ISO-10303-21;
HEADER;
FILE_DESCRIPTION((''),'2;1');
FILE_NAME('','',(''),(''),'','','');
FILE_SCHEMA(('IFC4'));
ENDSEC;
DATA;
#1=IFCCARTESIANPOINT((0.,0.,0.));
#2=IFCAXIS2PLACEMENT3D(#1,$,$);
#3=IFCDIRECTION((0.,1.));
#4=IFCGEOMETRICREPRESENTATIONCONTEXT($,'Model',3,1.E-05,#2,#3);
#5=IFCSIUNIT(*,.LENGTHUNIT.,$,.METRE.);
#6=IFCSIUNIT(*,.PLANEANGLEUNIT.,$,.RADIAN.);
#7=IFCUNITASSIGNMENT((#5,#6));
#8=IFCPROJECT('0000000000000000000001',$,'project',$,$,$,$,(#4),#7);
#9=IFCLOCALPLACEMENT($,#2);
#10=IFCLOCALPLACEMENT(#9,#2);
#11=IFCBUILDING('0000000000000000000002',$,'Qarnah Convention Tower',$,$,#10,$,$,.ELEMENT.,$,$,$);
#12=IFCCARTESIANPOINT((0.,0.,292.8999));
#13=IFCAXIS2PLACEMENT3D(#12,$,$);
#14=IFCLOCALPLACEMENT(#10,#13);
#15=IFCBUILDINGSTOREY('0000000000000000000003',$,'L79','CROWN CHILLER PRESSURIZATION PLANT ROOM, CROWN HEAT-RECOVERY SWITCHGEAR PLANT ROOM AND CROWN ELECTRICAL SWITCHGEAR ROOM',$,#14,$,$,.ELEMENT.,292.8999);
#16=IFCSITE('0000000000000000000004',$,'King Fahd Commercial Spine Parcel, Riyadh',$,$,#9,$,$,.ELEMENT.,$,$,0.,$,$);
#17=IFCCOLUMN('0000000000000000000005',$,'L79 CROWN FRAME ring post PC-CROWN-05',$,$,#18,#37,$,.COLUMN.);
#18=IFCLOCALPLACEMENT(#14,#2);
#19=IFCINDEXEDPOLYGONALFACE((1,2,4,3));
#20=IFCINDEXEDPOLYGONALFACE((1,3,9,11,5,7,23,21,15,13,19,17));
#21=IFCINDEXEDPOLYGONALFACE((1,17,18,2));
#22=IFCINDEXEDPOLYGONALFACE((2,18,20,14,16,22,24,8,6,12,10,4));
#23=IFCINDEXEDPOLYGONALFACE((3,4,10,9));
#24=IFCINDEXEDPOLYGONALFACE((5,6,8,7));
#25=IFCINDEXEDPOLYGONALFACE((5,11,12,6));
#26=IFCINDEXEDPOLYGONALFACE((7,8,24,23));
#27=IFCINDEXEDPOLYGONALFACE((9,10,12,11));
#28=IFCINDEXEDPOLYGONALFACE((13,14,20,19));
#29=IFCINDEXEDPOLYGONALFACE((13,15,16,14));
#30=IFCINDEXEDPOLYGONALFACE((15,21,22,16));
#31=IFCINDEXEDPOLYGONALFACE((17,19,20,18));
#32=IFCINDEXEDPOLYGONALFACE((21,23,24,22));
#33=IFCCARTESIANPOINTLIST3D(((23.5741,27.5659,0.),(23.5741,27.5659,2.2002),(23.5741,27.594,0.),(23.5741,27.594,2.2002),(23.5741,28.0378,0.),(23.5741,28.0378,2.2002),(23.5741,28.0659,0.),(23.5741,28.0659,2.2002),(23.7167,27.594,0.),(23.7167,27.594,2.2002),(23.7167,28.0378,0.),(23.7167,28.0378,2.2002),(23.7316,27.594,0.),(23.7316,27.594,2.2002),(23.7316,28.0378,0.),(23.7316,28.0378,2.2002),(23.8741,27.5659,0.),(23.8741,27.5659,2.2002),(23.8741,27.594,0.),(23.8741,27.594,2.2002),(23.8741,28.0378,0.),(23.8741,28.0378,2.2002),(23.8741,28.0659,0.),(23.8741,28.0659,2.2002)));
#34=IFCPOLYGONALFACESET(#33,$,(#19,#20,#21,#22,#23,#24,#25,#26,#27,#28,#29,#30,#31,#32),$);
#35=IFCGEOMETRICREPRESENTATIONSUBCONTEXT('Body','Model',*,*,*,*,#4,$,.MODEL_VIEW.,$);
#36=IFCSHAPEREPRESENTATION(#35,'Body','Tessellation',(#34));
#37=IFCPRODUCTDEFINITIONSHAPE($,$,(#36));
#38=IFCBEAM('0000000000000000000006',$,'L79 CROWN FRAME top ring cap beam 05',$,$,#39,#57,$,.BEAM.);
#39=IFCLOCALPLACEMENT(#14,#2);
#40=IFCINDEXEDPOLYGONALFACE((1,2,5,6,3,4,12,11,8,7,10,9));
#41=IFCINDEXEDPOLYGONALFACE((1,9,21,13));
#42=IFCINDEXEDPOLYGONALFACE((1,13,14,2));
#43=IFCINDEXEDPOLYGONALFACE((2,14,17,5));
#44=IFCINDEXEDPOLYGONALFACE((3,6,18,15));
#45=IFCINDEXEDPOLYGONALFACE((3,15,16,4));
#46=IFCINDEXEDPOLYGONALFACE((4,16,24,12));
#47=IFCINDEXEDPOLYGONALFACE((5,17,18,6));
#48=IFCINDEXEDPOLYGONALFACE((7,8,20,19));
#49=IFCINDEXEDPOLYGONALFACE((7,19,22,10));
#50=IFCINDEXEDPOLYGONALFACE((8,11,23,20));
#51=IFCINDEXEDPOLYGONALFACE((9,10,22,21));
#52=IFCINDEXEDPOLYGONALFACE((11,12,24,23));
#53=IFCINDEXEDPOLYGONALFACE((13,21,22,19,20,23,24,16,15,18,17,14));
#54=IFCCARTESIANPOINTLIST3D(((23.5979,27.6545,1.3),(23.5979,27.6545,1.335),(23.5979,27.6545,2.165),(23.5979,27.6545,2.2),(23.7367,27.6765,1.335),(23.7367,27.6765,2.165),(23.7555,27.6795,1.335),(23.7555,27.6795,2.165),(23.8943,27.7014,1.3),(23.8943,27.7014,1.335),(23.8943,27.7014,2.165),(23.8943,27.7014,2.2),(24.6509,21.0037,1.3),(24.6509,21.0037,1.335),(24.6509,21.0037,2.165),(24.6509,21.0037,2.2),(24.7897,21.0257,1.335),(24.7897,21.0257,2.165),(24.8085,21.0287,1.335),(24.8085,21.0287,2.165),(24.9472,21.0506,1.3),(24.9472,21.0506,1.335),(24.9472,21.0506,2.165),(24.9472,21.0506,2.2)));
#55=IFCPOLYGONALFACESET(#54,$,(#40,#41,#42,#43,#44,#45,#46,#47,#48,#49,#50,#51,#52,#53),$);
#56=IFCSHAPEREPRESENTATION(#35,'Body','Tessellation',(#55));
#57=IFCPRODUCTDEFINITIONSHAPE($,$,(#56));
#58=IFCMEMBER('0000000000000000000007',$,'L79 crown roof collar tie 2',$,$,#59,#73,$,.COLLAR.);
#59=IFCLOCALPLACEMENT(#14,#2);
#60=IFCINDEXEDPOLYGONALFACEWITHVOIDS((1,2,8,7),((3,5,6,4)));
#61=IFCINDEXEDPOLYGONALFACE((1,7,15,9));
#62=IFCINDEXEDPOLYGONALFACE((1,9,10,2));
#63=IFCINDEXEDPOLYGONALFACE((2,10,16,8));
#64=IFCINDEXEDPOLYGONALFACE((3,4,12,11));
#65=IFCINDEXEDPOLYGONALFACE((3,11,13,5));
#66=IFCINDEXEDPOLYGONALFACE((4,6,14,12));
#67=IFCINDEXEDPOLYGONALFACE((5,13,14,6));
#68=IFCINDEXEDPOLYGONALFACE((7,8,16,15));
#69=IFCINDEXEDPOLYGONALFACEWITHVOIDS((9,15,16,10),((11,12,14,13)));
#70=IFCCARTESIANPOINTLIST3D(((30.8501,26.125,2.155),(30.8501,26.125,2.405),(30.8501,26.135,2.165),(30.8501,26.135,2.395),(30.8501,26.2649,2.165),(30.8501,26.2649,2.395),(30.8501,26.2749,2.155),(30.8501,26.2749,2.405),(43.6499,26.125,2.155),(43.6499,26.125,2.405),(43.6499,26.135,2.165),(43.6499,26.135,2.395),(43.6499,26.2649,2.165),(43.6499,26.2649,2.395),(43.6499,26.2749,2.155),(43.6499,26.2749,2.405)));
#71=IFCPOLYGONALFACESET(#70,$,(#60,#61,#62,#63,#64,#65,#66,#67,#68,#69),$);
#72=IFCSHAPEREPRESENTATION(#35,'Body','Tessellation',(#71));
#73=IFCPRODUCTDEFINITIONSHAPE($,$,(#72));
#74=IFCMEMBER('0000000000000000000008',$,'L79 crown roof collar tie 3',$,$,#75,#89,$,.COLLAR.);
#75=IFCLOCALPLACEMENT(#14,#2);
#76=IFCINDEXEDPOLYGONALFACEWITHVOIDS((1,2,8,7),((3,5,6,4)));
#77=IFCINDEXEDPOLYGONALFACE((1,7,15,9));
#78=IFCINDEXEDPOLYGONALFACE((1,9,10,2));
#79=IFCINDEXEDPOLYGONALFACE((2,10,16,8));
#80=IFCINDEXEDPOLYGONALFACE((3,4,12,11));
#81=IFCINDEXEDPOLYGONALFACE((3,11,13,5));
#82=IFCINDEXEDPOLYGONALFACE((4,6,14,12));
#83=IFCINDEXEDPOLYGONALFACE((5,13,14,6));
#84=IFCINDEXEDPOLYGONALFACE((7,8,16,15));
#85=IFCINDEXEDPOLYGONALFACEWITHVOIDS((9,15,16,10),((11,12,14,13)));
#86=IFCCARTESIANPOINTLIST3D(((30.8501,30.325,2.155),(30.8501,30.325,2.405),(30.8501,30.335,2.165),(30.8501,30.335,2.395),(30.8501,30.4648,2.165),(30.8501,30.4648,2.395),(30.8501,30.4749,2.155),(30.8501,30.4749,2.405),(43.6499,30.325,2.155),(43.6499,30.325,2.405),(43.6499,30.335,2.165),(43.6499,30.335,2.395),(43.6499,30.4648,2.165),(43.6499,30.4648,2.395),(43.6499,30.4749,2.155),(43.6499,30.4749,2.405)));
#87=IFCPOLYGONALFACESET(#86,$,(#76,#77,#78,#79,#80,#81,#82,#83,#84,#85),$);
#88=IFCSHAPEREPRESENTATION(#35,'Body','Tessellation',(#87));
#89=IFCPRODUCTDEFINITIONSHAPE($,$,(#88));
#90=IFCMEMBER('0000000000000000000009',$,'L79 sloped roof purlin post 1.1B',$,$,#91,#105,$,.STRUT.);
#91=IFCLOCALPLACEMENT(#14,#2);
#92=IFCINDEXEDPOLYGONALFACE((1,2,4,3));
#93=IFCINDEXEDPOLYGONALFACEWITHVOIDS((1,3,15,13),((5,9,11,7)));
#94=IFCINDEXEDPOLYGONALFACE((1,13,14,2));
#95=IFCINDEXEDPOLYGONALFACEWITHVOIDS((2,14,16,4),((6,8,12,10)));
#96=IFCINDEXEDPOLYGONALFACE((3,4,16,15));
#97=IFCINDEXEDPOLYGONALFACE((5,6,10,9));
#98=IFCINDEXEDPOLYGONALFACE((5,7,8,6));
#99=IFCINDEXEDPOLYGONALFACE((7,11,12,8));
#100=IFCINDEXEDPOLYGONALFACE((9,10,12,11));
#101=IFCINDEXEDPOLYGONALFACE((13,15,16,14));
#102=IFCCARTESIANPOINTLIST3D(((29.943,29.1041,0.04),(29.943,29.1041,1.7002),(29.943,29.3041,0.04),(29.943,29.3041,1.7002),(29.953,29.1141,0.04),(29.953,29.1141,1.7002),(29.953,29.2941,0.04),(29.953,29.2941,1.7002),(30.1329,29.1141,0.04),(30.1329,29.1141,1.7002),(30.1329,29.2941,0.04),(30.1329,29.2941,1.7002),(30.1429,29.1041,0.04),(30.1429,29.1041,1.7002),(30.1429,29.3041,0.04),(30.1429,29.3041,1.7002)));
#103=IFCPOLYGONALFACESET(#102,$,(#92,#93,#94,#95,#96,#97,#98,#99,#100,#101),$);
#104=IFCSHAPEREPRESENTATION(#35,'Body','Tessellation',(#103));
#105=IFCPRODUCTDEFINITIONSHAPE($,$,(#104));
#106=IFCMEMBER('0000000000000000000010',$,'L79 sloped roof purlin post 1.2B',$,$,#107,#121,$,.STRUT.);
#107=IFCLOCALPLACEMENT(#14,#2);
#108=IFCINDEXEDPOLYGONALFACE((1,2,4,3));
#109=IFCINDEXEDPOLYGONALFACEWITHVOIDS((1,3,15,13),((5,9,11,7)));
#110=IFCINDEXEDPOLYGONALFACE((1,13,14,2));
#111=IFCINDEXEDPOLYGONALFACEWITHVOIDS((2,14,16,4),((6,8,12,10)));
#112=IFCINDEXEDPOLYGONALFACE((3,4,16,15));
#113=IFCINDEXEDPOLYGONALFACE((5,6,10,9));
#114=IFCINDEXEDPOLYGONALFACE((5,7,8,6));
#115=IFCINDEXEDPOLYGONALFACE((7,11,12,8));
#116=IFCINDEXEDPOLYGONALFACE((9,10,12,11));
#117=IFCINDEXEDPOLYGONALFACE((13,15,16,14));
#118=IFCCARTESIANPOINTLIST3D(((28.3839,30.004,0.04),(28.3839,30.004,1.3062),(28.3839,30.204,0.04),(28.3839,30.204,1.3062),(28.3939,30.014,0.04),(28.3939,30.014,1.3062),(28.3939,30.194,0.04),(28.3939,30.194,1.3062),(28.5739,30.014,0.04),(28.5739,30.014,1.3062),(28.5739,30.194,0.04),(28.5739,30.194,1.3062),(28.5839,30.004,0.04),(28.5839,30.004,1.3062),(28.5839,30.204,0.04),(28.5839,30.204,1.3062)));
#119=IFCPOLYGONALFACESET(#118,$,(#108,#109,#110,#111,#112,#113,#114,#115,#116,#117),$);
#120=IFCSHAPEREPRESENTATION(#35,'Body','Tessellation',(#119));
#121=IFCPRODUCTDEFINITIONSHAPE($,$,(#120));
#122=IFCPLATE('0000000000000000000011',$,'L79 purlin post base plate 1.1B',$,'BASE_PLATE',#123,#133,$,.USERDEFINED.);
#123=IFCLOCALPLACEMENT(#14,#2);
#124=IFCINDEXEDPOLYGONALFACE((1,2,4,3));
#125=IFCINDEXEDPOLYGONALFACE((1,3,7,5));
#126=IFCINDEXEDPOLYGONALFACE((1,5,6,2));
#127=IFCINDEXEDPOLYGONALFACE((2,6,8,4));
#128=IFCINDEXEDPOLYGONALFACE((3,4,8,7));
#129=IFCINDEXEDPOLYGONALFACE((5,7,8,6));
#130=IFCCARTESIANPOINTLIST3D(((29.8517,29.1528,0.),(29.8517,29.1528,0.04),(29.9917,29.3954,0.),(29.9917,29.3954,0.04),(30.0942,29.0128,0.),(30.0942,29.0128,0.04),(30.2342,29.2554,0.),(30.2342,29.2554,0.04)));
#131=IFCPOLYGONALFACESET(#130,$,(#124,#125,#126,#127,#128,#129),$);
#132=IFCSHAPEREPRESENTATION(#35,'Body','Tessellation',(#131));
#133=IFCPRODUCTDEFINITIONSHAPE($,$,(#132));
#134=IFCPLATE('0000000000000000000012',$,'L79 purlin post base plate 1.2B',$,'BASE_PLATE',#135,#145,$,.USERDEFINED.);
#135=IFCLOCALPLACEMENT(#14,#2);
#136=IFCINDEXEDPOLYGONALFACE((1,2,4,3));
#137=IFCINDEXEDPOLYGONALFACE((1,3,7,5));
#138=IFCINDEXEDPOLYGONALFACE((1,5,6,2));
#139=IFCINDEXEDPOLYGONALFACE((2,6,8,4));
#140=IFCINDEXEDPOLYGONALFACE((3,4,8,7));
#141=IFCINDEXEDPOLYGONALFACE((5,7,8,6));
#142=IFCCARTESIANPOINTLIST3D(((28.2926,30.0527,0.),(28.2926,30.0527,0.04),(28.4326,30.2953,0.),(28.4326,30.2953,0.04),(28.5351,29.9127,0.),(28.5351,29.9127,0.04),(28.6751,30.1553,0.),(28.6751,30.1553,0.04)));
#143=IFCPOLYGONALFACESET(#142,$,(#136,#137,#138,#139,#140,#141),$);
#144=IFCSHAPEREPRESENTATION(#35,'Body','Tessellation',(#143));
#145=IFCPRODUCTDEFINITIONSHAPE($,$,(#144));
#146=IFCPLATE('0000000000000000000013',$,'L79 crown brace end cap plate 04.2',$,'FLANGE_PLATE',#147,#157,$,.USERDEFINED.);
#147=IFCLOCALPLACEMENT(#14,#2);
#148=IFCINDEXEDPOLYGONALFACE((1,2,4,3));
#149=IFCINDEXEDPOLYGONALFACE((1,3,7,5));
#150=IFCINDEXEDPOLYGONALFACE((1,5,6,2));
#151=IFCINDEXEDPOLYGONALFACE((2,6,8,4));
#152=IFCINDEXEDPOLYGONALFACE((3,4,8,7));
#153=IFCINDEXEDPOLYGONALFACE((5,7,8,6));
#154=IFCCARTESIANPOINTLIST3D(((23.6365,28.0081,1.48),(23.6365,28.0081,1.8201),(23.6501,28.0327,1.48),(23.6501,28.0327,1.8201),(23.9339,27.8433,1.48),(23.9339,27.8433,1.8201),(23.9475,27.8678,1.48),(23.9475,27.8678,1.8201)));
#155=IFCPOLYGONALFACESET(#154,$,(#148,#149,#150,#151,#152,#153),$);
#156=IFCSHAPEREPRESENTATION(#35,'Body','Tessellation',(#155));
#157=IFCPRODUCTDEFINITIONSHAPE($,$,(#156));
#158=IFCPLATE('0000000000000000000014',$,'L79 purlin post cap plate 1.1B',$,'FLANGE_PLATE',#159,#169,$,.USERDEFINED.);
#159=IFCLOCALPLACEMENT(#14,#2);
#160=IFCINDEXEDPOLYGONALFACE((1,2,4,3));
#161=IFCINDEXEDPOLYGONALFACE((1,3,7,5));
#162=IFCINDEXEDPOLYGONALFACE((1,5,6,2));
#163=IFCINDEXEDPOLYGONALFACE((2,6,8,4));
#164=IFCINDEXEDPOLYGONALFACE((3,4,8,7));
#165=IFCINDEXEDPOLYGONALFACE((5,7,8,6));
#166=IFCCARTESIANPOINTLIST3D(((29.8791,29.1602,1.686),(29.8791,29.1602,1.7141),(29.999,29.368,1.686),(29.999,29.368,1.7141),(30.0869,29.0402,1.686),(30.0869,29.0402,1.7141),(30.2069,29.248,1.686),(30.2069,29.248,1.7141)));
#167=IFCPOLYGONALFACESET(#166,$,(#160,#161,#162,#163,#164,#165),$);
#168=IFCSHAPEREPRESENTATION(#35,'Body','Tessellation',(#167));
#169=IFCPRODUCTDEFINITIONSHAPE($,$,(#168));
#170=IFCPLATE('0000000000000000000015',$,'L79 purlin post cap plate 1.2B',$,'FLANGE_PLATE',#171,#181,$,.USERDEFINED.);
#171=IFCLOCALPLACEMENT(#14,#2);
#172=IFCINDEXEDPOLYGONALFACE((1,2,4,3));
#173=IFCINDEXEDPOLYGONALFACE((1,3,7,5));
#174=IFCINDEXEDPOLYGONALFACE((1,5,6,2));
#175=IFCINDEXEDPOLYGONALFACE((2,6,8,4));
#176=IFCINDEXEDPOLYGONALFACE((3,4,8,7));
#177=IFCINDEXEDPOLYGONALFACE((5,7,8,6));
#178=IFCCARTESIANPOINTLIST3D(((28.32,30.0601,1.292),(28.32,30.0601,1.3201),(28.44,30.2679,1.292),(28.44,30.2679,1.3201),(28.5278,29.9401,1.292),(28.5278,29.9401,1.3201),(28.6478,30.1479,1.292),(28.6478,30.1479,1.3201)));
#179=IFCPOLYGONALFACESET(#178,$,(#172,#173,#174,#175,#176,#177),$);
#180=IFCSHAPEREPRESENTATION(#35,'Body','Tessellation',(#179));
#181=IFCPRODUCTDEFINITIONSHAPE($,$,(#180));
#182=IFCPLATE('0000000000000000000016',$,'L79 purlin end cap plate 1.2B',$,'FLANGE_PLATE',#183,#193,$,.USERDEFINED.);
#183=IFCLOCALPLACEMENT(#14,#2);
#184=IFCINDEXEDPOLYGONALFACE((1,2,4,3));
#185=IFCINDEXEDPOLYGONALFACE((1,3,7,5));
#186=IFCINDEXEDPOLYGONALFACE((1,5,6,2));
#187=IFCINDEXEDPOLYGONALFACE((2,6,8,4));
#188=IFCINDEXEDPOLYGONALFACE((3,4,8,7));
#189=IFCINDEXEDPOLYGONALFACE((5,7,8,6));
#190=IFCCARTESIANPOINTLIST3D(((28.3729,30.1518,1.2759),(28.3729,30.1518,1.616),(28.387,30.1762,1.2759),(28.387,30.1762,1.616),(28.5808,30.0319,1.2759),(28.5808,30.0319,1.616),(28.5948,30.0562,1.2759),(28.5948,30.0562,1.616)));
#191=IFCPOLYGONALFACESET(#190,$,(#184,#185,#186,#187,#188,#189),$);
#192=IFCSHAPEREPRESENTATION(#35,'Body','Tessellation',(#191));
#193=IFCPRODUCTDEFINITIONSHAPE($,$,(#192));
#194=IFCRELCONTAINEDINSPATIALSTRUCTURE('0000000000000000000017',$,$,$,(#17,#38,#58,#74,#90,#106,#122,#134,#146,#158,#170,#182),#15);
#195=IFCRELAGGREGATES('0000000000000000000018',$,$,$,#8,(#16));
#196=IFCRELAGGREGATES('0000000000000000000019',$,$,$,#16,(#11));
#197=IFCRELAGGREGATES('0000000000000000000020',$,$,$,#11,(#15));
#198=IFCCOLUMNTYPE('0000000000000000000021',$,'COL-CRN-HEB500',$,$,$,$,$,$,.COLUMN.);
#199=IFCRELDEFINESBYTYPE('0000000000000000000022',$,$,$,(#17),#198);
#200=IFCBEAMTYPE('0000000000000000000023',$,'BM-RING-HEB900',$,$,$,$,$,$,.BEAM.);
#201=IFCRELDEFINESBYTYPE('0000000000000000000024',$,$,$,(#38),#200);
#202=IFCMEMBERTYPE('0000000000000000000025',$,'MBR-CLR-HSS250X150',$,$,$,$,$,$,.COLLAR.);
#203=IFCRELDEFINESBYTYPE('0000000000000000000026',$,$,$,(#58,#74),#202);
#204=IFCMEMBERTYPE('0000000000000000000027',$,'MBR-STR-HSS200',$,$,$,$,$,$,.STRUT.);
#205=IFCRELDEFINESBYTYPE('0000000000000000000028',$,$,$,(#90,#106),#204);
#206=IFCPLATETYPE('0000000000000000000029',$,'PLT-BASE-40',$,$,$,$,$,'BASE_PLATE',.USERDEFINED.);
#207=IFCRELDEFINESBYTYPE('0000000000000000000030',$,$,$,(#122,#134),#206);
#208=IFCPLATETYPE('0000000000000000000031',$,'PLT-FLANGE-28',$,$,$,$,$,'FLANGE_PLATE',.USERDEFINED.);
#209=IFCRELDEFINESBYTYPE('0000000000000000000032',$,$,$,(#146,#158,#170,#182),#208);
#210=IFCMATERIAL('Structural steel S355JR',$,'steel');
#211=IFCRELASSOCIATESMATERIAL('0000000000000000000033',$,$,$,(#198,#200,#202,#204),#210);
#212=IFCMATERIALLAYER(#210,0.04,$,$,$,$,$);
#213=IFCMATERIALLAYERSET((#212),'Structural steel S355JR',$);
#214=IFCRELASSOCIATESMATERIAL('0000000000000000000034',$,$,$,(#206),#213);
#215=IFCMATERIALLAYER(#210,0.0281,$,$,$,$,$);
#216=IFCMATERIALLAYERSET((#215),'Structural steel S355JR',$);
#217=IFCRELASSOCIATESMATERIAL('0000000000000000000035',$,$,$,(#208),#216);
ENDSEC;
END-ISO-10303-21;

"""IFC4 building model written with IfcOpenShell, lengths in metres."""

from ifc_helpers import new_model, si_unit, direction, frame, origin, origin_2d, place, context, subcontext, project, spatial, rectangle, hollow_rectangle, i_section, extrude, material, layer, layer_set, material_profile, profile_set, type_object, element, save


model = new_model("IFC4")

# Units and contexts
model_context = context("Model", 3, precision=1e-05, world=origin(), true_north=direction((0.0, 1.0)))
body_context = subcontext(model_context, "Body", "Model", "MODEL_VIEW")
ifc_project = project(units=[si_unit("LENGTHUNIT", "METRE"), si_unit("PLANEANGLEUNIT", "RADIAN")], contexts=[model_context])

# Site, building, storey
site_placement = place(None, origin())
site = spatial("IfcSite", under=ifc_project, at=site_placement, Name="King Fahd Commercial Spine Parcel, Riyadh", CompositionType="ELEMENT", RefElevation=0.0)
building_placement = place(site_placement, origin())
building = spatial("IfcBuilding", under=site, at=building_placement, Name="Qarnah Convention Tower", CompositionType="ELEMENT")
storey_placement = place(building_placement, frame((0.0, 0.0, 292.8999)))
storey = spatial("IfcBuildingStorey", under=building, at=storey_placement, Name="L79", Description="CROWN CHILLER PRESSURIZATION PLANT ROOM, CROWN HEAT-RECOVERY SWITCHGEAR PLANT ROOM AND CROWN ELECTRICAL SWITCHGEAR ROOM", CompositionType="ELEMENT", Elevation=292.8999)

# Column
ifc_material_1 = material(Name="Structural steel S355JR", Category="steel")
ifc_material_profile_1 = material_profile(ifc_material_1, i_section(OverallWidth=0.3, OverallDepth=0.5, WebThickness=0.0149, FlangeThickness=0.0281, at=origin_2d()), Name="HEB500")
ifc_profile_set_1 = profile_set([ifc_material_profile_1], Name="Structural steel S355JR")
column_type = type_object("IfcColumnType", Name="COL-CRN-HEB500", PredefinedType="COLUMN", material=ifc_profile_set_1)
column_placement = place(storey_placement, frame((23.7241, 27.8159, 0.0), z_axis=(0.0, 0.0, 1.0), x_axis=(1.0, 0.0, 0.0)))
element("IfcColumn", 1, at=column_placement, inside=storey, type_object=column_type, Name="L79 CROWN FRAME ring post PC-CROWN-05", PredefinedType="COLUMN", context=body_context, shape_type="SweptSolid", body=[
    extrude(i_section(OverallWidth=0.3, OverallDepth=0.5, WebThickness=0.0149, FlangeThickness=0.0281, at=origin_2d()), origin(), (0.0, 0.0, 1.0), 2.2002),
])

# Beam
ifc_material_profile_2 = material_profile(ifc_material_1, i_section(OverallWidth=0.3, OverallDepth=0.8999, WebThickness=0.019, FlangeThickness=0.0349, at=origin_2d()), Name="HEB900")
ifc_profile_set_2 = profile_set([ifc_material_profile_2], Name="Structural steel S355JR")
beam_type = type_object("IfcBeamType", Name="BM-RING-HEB900", PredefinedType="BEAM", material=ifc_profile_set_2)
beam_placement = place(storey_placement, frame((23.7461, 27.678, 1.75), z_axis=(0.156374, -0.987698, 0.0), x_axis=(0.987698, 0.156374, 0.0)))
element("IfcBeam", 2, at=beam_placement, inside=storey, type_object=beam_type, Name="L79 CROWN FRAME top ring cap beam 05", PredefinedType="BEAM", context=body_context, shape_type="SweptSolid", body=[
    extrude(i_section(OverallWidth=0.3, OverallDepth=0.8999, WebThickness=0.019, FlangeThickness=0.0349, at=origin_2d()), origin(), (0.0, 0.0, 1.0), 6.7336),
])

# Members
ifc_material_profile_3 = material_profile(ifc_material_1, hollow_rectangle(XDim=0.1499, YDim=0.25, WallThickness=0.01, at=origin_2d()), Name="HSS250X150X10")
ifc_profile_set_3 = profile_set([ifc_material_profile_3], Name="Structural steel S355JR")
member_type_1 = type_object("IfcMemberType", Name="MBR-CLR-HSS250X150", PredefinedType="COLLAR", material=ifc_profile_set_3)
for number, where, z_axis, x_axis, name in (
    (3, (30.8501, 26.2, 2.28), (1.0, 0.0, 0.0), (0.0, 1.0, 0.0), "L79 crown roof collar tie 2"),
    (4, (30.8501, 30.3999, 2.28), (1.0, 0.0, 0.0), (0.0, 1.0, 0.0), "L79 crown roof collar tie 3"),
):
    element("IfcMember", number, at=place(storey_placement, frame(where, z_axis=z_axis, x_axis=x_axis)), inside=storey, type_object=member_type_1, Name=name, PredefinedType="COLLAR", context=body_context, shape_type="SweptSolid", body=[
        extrude(hollow_rectangle(XDim=0.1499, YDim=0.25, WallThickness=0.01, at=origin_2d()), origin(), (0.0, 0.0, 1.0), 12.7998),
    ])
ifc_material_profile_4 = material_profile(ifc_material_1, hollow_rectangle(XDim=0.2, YDim=0.2, WallThickness=0.01, at=origin_2d()), Name="HSS200X200X10")
ifc_profile_set_4 = profile_set([ifc_material_profile_4], Name="Structural steel S355JR")
member_type_2 = type_object("IfcMemberType", Name="MBR-STR-HSS200", PredefinedType="STRUT", material=ifc_profile_set_4)
member_1_placement = place(storey_placement, frame((30.043, 29.2041, 0.04), z_axis=(0.0, 0.0, 1.0), x_axis=(1.0, 0.0, 0.0)))
element("IfcMember", 5, at=member_1_placement, inside=storey, type_object=member_type_2, Name="L79 sloped roof purlin post 1.1B", PredefinedType="STRUT", context=body_context, shape_type="SweptSolid", body=[
    extrude(hollow_rectangle(XDim=0.2, YDim=0.2, WallThickness=0.01, at=origin_2d()), origin(), (0.0, 0.0, 1.0), 1.6602),
])
member_2_placement = place(storey_placement, frame((28.4839, 30.104, 0.04), z_axis=(0.0, 0.0, 1.0), x_axis=(1.0, 0.0, 0.0)))
element("IfcMember", 6, at=member_2_placement, inside=storey, type_object=member_type_2, Name="L79 sloped roof purlin post 1.2B", PredefinedType="STRUT", context=body_context, shape_type="SweptSolid", body=[
    extrude(hollow_rectangle(XDim=0.2, YDim=0.2, WallThickness=0.01, at=origin_2d()), origin(), (0.0, 0.0, 1.0), 1.2661),
])

# Plates
ifc_layer_1 = layer(ifc_material_1, 0.04)
ifc_layer_set_1 = layer_set([ifc_layer_1], Name="Structural steel S355JR")
plate_type_1 = type_object("IfcPlateType", Name="PLT-BASE-40", ElementType="BASE_PLATE", PredefinedType="USERDEFINED", material=ifc_layer_set_1)
for number, where, z_axis, x_axis, name in (
    (7, (30.043, 29.2041, 0.0), (0.0, 0.0, 1.0), (-0.499973, -0.866041, 0.0), "L79 purlin post base plate 1.1B"),
    (8, (28.4839, 30.104, 0.0), (0.0, 0.0, 1.0), (-0.499973, -0.866041, 0.0), "L79 purlin post base plate 1.2B"),
):
    element("IfcPlate", number, at=place(storey_placement, frame(where, z_axis=z_axis, x_axis=x_axis)), inside=storey, type_object=plate_type_1, Name=name, ObjectType="BASE_PLATE", PredefinedType="USERDEFINED", context=body_context, shape_type="SweptSolid", body=[
        extrude(rectangle(XDim=0.28, YDim=0.28, at=origin_2d()), origin(), (0.0, 0.0, 1.0), 0.04),
    ])
ifc_layer_2 = layer(ifc_material_1, 0.0281)
ifc_layer_set_2 = layer_set([ifc_layer_2], Name="Structural steel S355JR")
plate_type_2 = type_object("IfcPlateType", Name="PLT-FLANGE-28", ElementType="FLANGE_PLATE", PredefinedType="USERDEFINED", material=ifc_layer_set_2)
plate_1_placement = place(storey_placement, frame((23.792, 27.938, 1.48), z_axis=(0.0, 0.0, 1.0), x_axis=(-0.484753, -0.874651, 0.0)))
element("IfcPlate", 9, at=plate_1_placement, inside=storey, type_object=plate_type_2, Name="L79 crown brace end cap plate 04.2", ObjectType="FLANGE_PLATE", PredefinedType="USERDEFINED", context=body_context, shape_type="SweptSolid", body=[
    extrude(rectangle(XDim=0.0281, YDim=0.3401, at=origin_2d()), origin(), (0.0, 0.0, 1.0), 0.3401),
])
for number, where, z_axis, x_axis, name in (
    (10, (30.043, 29.2041, 1.686), (0.0, 0.0, 1.0), (-0.499973, -0.866041, 0.0), "L79 purlin post cap plate 1.1B"),
    (11, (28.4839, 30.104, 1.292), (0.0, 0.0, 1.0), (-0.499973, -0.866041, 0.0), "L79 purlin post cap plate 1.2B"),
):
    element("IfcPlate", number, at=place(storey_placement, frame(where, z_axis=z_axis, x_axis=x_axis)), inside=storey, type_object=plate_type_2, Name=name, ObjectType="FLANGE_PLATE", PredefinedType="USERDEFINED", context=body_context, shape_type="SweptSolid", body=[
        extrude(rectangle(XDim=0.24, YDim=0.24, at=origin_2d()), origin(), (0.0, 0.0, 1.0), 0.0281),
    ])
plate_2_placement = place(storey_placement, frame((28.4839, 30.104, 1.2759), z_axis=(0.0, 0.0, 1.0), x_axis=(-0.499973, -0.866041, 0.0)))
element("IfcPlate", 12, at=plate_2_placement, inside=storey, type_object=plate_type_2, Name="L79 purlin end cap plate 1.2B", ObjectType="FLANGE_PLATE", PredefinedType="USERDEFINED", context=body_context, shape_type="SweptSolid", body=[
    extrude(rectangle(XDim=0.0281, YDim=0.24, at=origin_2d()), origin(), (0.0, 0.0, 1.0), 0.3401),
])

save(model, "model.ifc")
